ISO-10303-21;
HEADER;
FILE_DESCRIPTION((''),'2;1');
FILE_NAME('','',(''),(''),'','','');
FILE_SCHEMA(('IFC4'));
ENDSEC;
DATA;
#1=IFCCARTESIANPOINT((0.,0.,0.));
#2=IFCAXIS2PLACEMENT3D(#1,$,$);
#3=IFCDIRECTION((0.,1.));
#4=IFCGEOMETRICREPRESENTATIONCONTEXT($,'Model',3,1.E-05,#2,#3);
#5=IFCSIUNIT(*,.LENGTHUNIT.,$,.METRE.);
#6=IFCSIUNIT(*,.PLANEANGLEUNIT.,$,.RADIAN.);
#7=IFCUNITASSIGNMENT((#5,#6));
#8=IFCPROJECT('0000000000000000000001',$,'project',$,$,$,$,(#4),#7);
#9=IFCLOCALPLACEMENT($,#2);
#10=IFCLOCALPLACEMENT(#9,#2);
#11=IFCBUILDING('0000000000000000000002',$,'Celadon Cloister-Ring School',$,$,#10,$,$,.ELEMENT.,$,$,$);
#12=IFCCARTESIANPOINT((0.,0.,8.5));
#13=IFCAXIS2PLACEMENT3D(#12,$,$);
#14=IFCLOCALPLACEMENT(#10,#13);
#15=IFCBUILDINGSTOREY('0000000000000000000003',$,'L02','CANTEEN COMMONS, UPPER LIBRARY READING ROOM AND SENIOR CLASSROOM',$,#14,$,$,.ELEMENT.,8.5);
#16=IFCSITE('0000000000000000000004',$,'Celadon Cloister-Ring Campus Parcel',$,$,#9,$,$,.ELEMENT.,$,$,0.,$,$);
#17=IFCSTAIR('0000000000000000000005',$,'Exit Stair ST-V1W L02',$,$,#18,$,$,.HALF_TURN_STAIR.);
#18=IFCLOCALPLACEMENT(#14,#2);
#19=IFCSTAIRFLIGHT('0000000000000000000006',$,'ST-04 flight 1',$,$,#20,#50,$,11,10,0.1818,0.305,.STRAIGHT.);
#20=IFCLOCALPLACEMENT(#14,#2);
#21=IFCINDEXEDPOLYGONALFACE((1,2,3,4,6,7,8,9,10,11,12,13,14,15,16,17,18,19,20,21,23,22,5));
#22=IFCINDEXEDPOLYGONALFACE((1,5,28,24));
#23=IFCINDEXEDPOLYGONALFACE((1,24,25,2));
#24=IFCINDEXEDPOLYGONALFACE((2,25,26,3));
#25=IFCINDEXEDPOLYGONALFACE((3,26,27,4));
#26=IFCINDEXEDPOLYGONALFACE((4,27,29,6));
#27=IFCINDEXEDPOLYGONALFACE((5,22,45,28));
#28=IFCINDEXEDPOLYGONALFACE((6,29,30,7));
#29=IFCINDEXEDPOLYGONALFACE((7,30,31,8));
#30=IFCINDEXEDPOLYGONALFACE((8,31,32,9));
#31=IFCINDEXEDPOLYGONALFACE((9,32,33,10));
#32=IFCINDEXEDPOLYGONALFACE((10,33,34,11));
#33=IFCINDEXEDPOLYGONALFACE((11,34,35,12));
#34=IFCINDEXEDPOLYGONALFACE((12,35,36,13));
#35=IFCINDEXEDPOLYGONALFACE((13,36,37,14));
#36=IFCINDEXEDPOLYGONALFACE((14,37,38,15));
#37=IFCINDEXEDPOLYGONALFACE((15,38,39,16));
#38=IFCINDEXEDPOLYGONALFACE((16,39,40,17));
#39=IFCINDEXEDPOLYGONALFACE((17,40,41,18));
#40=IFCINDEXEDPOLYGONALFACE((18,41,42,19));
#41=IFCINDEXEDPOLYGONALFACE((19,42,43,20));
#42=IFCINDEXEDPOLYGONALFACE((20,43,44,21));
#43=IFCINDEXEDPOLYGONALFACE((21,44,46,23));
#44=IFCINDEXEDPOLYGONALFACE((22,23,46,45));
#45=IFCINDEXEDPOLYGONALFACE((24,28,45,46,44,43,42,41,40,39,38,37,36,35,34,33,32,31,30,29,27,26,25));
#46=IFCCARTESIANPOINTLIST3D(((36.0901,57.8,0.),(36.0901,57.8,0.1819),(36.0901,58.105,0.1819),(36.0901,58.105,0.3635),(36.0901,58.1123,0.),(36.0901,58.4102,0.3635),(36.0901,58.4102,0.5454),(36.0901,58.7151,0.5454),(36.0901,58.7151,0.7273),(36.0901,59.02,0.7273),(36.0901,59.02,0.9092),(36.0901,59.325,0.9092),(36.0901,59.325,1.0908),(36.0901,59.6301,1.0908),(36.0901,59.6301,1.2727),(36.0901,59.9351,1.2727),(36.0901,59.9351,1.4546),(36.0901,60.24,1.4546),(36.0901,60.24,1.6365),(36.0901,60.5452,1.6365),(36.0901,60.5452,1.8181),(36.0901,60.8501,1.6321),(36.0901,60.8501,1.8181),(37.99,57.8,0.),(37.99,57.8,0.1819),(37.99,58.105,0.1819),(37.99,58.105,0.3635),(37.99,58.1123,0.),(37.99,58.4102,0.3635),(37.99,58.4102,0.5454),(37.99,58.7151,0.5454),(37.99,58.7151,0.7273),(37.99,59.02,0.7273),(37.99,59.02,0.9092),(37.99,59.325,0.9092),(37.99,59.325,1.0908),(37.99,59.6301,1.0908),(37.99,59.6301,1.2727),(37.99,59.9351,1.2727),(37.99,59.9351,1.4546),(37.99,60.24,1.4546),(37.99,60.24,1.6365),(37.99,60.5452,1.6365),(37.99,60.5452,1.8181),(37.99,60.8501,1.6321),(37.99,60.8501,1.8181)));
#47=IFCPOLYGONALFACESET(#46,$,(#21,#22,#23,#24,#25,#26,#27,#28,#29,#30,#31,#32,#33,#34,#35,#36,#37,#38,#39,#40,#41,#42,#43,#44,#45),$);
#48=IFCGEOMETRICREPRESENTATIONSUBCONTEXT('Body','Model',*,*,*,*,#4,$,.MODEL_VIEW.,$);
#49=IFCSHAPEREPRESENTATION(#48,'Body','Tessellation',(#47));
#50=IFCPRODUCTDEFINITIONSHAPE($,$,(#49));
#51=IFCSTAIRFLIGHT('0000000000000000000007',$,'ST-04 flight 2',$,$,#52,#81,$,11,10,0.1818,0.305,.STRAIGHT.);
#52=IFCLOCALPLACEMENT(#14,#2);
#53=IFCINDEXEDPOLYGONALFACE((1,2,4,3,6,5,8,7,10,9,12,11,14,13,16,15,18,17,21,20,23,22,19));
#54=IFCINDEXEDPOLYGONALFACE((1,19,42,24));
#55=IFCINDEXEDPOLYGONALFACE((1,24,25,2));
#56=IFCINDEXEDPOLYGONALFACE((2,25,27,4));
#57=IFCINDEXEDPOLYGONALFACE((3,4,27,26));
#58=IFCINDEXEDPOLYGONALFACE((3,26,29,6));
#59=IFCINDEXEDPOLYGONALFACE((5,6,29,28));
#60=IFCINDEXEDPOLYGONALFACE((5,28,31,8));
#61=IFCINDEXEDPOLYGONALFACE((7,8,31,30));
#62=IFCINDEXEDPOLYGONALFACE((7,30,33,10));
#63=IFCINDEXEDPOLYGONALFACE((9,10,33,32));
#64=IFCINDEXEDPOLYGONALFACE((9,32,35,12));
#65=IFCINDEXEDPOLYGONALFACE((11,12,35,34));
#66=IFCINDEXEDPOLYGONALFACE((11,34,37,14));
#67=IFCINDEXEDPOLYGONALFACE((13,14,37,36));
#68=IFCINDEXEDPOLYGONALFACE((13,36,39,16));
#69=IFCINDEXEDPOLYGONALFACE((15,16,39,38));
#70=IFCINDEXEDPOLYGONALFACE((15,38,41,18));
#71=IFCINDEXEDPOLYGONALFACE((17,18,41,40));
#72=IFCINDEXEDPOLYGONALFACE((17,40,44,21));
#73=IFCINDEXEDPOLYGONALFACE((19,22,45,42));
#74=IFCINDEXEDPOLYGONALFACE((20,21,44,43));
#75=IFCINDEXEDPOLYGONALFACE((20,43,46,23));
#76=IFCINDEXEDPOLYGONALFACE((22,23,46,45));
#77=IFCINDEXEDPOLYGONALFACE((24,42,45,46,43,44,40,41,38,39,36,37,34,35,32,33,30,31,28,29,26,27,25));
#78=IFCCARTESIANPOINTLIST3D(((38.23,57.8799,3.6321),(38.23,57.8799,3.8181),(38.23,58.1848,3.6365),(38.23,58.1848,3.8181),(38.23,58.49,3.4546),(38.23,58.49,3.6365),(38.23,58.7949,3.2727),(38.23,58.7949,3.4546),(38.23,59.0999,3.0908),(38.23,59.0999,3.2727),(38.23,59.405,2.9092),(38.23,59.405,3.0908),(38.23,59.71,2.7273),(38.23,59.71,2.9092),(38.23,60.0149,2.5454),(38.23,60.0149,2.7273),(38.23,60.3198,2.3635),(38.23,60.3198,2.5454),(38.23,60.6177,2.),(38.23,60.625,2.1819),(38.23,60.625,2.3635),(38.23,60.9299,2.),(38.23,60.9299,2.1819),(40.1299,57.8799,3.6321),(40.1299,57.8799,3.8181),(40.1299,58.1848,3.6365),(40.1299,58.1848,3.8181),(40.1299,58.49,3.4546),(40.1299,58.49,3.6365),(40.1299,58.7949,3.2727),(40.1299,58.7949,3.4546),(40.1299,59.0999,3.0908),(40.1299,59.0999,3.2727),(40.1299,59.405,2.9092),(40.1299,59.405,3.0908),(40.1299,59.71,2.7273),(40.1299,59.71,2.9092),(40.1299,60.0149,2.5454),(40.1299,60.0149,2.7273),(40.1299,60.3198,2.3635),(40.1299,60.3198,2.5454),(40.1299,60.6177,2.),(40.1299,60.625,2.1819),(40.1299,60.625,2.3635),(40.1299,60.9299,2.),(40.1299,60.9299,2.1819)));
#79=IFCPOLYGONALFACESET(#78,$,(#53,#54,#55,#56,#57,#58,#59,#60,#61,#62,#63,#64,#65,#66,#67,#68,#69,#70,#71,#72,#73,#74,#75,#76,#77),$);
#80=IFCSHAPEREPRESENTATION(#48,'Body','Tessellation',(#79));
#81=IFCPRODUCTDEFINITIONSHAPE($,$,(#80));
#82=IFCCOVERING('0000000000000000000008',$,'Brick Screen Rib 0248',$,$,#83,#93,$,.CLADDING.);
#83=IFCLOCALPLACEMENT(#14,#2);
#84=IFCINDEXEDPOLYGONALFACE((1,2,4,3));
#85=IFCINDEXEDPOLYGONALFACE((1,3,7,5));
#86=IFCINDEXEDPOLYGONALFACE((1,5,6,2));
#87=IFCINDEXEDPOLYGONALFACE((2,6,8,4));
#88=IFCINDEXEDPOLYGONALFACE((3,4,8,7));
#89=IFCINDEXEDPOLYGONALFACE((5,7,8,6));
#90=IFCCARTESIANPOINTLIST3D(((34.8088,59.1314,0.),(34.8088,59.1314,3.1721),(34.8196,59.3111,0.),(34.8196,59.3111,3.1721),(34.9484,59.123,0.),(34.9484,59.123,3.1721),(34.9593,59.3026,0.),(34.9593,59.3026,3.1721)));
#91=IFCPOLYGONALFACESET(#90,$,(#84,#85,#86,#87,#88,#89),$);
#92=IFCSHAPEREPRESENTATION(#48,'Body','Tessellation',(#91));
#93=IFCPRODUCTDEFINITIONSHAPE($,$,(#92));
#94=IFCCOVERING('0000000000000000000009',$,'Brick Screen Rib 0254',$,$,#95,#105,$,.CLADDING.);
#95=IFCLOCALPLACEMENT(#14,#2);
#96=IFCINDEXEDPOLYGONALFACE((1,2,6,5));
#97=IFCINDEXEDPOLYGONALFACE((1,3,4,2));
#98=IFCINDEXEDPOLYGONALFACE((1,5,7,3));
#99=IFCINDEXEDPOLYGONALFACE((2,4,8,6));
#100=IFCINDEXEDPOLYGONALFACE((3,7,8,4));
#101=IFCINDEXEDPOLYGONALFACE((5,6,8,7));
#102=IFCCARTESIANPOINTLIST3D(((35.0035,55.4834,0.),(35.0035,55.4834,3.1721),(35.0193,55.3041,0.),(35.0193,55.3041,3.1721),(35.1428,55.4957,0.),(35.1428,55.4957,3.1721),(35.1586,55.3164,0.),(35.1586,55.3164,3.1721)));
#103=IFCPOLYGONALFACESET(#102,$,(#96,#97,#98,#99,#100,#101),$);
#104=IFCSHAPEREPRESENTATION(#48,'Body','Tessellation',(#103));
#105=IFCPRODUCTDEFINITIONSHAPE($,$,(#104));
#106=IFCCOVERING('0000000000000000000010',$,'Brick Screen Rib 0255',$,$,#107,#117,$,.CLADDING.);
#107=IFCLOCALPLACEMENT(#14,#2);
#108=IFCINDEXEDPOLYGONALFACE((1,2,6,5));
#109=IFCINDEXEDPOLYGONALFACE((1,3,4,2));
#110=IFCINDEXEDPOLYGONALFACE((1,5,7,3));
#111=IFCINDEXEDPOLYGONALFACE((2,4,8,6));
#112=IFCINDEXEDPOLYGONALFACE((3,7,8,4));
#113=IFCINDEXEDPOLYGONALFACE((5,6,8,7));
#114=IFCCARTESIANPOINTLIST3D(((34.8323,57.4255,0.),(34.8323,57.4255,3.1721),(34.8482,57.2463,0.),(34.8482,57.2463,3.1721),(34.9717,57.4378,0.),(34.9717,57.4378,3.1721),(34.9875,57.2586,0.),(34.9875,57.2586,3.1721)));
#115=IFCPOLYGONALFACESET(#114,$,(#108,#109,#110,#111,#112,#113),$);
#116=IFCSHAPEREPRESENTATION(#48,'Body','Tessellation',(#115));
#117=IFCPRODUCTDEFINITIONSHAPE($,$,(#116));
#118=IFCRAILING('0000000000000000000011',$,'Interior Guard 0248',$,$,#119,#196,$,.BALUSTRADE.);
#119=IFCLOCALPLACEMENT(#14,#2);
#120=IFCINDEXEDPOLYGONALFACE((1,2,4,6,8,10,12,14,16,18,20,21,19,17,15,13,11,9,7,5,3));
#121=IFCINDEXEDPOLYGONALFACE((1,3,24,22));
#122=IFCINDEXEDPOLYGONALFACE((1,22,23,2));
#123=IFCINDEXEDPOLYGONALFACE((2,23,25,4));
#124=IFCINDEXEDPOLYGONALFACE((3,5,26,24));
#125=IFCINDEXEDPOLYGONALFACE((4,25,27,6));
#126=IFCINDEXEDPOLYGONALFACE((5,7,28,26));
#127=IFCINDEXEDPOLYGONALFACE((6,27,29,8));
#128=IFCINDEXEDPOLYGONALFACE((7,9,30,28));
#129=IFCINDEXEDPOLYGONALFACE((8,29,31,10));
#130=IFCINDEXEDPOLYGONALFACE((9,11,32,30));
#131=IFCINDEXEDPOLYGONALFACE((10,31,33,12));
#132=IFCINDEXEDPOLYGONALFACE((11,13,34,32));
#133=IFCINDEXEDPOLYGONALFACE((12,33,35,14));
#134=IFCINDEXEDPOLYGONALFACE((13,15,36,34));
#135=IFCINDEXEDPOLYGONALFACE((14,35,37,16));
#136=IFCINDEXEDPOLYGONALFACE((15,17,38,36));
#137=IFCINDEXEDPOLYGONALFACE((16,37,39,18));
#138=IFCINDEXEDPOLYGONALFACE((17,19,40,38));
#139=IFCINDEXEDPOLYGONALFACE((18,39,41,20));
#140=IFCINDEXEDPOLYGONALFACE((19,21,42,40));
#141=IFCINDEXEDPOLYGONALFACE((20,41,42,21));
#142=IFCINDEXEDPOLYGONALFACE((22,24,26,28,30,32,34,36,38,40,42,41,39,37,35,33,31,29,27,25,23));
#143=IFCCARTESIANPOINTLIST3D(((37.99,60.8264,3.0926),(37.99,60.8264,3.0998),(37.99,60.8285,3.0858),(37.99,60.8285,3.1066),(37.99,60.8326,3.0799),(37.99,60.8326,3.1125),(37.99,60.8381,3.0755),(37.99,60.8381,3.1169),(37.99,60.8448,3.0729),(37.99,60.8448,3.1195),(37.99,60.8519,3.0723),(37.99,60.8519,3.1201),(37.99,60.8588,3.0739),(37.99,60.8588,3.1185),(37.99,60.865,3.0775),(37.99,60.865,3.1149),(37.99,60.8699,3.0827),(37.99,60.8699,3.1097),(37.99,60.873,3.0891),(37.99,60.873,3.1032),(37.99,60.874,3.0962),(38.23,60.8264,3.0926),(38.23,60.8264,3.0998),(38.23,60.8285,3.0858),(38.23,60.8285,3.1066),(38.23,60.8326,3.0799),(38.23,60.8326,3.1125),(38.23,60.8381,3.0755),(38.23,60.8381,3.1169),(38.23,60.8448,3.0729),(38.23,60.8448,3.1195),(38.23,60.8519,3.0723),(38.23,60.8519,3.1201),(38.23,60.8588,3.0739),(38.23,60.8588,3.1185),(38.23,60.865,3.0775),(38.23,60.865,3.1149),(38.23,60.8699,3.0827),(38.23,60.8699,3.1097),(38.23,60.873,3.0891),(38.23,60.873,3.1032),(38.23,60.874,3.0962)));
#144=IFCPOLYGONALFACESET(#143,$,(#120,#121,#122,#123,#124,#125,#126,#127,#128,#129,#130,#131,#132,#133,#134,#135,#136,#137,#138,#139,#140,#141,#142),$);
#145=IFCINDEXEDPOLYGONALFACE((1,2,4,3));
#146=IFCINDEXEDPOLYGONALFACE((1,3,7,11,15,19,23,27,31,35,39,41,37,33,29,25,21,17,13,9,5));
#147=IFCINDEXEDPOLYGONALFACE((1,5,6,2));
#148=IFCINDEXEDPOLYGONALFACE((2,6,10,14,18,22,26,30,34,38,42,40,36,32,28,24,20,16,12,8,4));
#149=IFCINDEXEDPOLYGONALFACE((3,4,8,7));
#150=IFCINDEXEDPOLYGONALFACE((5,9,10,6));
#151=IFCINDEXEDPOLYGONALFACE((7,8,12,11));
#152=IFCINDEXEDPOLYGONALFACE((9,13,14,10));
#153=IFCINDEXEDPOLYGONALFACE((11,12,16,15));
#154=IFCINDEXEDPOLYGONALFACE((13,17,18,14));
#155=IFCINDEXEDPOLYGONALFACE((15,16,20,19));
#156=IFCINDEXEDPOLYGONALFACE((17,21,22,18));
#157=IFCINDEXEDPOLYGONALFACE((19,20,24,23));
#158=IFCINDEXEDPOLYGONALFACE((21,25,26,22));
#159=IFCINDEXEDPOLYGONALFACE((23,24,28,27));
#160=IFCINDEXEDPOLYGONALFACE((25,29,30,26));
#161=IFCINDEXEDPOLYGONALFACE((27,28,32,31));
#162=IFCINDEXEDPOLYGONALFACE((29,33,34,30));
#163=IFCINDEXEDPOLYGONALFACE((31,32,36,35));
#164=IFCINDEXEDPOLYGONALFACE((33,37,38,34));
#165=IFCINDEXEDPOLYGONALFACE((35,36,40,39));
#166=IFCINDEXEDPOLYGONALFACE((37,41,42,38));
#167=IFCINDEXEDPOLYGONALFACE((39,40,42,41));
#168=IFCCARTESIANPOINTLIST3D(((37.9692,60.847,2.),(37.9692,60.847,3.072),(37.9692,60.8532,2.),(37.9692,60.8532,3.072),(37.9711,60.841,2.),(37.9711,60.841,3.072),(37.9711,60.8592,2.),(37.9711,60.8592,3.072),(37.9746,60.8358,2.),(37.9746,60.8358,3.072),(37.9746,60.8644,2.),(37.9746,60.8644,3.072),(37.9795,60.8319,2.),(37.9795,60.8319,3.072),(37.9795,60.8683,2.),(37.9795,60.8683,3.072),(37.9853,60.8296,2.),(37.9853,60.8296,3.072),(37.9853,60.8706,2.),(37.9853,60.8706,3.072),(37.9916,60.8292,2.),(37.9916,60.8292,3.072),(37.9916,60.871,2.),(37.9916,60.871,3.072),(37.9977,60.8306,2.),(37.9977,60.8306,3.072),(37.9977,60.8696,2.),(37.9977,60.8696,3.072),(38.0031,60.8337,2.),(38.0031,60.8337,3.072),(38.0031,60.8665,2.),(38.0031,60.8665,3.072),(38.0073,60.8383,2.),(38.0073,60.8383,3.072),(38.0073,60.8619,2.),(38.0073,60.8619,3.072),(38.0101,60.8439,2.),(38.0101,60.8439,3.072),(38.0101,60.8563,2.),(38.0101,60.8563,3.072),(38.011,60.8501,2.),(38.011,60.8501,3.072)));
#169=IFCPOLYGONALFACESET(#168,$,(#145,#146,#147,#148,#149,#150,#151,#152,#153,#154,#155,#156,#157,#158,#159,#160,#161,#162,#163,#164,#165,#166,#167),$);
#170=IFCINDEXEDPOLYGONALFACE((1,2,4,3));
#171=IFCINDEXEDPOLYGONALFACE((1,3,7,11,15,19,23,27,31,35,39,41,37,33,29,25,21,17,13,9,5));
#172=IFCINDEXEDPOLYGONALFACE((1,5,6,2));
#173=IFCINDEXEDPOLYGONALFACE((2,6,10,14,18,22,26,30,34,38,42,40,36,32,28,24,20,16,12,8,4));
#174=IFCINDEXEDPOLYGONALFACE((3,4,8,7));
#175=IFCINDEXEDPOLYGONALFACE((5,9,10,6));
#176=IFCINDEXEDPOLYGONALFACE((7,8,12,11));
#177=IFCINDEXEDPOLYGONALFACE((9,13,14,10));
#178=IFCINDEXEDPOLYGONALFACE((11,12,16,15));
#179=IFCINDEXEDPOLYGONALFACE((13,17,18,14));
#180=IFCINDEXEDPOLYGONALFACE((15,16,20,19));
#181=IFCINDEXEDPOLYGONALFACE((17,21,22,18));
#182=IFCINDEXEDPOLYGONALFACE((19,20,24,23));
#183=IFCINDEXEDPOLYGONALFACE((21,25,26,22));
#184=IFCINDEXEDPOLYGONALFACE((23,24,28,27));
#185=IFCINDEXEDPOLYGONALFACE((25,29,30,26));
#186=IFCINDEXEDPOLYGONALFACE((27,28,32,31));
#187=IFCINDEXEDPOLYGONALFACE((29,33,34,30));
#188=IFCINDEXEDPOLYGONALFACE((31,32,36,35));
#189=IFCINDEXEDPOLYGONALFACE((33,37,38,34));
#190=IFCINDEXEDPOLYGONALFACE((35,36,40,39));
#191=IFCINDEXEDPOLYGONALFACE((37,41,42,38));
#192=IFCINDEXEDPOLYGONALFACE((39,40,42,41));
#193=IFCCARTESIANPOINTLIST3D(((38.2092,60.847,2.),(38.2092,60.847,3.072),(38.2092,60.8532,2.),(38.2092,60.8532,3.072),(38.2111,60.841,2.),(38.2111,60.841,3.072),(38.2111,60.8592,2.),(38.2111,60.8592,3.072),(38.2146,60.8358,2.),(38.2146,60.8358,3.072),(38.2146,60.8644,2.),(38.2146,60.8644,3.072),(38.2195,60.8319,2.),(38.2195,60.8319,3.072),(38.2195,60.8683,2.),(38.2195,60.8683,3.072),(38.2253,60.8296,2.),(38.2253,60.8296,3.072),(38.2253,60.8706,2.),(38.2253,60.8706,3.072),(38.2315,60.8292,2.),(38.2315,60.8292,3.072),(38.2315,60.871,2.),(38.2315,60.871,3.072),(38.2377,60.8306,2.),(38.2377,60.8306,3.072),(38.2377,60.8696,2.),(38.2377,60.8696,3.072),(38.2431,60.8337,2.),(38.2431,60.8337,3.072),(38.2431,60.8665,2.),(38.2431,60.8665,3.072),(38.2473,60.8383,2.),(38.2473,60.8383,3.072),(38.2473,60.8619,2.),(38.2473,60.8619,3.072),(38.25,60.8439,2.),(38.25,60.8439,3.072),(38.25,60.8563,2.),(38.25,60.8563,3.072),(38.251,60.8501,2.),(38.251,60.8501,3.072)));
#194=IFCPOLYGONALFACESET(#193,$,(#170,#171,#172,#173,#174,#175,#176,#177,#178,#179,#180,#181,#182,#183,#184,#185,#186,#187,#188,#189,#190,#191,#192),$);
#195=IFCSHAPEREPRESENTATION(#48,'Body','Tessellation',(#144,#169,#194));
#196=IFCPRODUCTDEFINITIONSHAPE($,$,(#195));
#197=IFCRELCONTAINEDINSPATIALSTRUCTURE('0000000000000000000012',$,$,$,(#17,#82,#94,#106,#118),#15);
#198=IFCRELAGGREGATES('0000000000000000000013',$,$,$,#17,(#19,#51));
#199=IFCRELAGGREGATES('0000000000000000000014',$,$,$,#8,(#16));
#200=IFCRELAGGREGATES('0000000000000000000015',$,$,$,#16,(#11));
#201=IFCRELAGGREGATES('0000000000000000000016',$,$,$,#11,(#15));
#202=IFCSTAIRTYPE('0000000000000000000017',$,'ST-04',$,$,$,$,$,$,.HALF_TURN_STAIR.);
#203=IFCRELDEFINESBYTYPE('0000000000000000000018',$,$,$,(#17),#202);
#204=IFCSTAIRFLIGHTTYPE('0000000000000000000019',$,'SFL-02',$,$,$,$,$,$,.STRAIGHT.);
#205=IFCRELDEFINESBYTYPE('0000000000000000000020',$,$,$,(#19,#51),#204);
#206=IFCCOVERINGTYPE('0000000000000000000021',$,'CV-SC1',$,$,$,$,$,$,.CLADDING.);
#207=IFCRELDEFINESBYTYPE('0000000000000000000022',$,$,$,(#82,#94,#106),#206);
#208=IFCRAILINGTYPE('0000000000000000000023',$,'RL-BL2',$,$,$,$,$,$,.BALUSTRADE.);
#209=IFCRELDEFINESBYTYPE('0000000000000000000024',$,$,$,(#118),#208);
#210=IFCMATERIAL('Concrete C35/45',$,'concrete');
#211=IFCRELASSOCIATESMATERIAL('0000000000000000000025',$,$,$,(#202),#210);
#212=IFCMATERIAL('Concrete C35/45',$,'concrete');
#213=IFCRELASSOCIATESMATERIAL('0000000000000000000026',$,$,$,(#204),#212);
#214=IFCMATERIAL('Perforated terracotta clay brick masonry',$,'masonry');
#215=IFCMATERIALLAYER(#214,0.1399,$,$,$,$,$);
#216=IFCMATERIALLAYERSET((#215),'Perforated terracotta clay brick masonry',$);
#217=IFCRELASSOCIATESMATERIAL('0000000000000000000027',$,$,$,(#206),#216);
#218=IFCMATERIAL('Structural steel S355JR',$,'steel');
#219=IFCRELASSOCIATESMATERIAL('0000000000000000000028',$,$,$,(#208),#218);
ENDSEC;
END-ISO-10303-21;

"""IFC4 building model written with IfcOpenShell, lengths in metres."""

from ifc_helpers import new_model, si_unit, direction, frame, origin, origin_2d, place, context, subcontext, project, spatial, polyline, rectangle, circle, outline, extrude, material, layer, layer_set, type_object, element, aggregate, save


model = new_model("IFC4")

# Units and contexts
model_context = context("Model", 3, precision=1e-05, world=origin(), true_north=direction((0.0, 1.0)))
body_context = subcontext(model_context, "Body", "Model", "MODEL_VIEW")
ifc_project = project(units=[si_unit("LENGTHUNIT", "METRE"), si_unit("PLANEANGLEUNIT", "RADIAN")], contexts=[model_context])

# Site, building, storey
site_placement = place(None, origin())
site = spatial("IfcSite", under=ifc_project, at=site_placement, Name="Celadon Cloister-Ring Campus Parcel", CompositionType="ELEMENT", RefElevation=0.0)
building_placement = place(site_placement, origin())
building = spatial("IfcBuilding", under=site, at=building_placement, Name="Celadon Cloister-Ring School", CompositionType="ELEMENT")
storey_placement = place(building_placement, frame((0.0, 0.0, 8.5)))
storey = spatial("IfcBuildingStorey", under=building, at=storey_placement, Name="L02", Description="CANTEEN COMMONS, UPPER LIBRARY READING ROOM AND SENIOR CLASSROOM", CompositionType="ELEMENT", Elevation=8.5)

# Stair, stair flights
ifc_material_1 = material(Name="Concrete C35/45", Category="concrete")
stair_type = type_object("IfcStairType", Name="ST-04", PredefinedType="HALF_TURN_STAIR", material=ifc_material_1)
stair_placement = place(storey_placement, origin())
stair = element("IfcStair", 1, at=stair_placement, inside=storey, type_object=stair_type, Name="Exit Stair ST-V1W L02", PredefinedType="HALF_TURN_STAIR")
ifc_material_2 = material(Name="Concrete C35/45", Category="concrete")
stair_flight_type = type_object("IfcStairFlightType", Name="SFL-02", PredefinedType="STRAIGHT", material=ifc_material_2)
stair_flight_1_placement = place(storey_placement, frame((37.04, 57.8, 0.0), z_axis=(0.0, 0.0, 1.0), x_axis=(0.0, 1.0, 0.0)))
stair_flight_1 = element("IfcStairFlight", 2, at=stair_flight_1_placement, type_object=stair_flight_type, Name="ST-04 flight 1", NumberOfRisers=11, NumberOfTreads=10, PredefinedType="STRAIGHT", RiserHeight=0.1818, TreadLength=0.305, context=body_context, shape_type="SweptSolid", body=[
    extrude(outline(polyline([(0.0, 0.0), (0.0, 0.1819), (0.3049, 0.1819), (0.3049, 0.3635), (0.6101, 0.3635), (0.6101, 0.5454), (0.915, 0.5454), (0.915, 0.7273), (1.22, 0.7273), (1.22, 0.9092), (1.5249, 0.9092), (1.5249, 1.0908), (1.8301, 1.0908), (1.8301, 1.2727), (2.135, 1.2727), (2.135, 1.4546), (2.4399, 1.4546), (2.4399, 1.6365), (2.7451, 1.6365), (2.7451, 1.8181), (3.05, 1.8181), (3.05, 2.0), (3.05, 1.6321), (0.3123, 0.0), (0.0, 0.0)])), frame((0.0, 0.95, 0.0), z_axis=(0.0, -1.0, 0.0), x_axis=(1.0, 0.0, 0.0)), (0.0, 0.0, 1.0), 1.8999),
])
stair_flight_2_placement = place(storey_placement, frame((39.1799, 60.9299, 2.0), z_axis=(0.0, 0.0, 1.0), x_axis=(0.0, -1.0, 0.0)))
stair_flight_2 = element("IfcStairFlight", 3, at=stair_flight_2_placement, type_object=stair_flight_type, Name="ST-04 flight 2", NumberOfRisers=11, NumberOfTreads=10, PredefinedType="STRAIGHT", RiserHeight=0.1818, TreadLength=0.305, context=body_context, shape_type="SweptSolid", body=[
    extrude(outline(polyline([(0.0, 0.0), (0.0, 0.1819), (0.3049, 0.1819), (0.3049, 0.3635), (0.6101, 0.3635), (0.6101, 0.5454), (0.915, 0.5454), (0.915, 0.7273), (1.22, 0.7273), (1.22, 0.9092), (1.5249, 0.9092), (1.5249, 1.0908), (1.8301, 1.0908), (1.8301, 1.2727), (2.135, 1.2727), (2.135, 1.4546), (2.4399, 1.4546), (2.4399, 1.6365), (2.7451, 1.6365), (2.7451, 1.8181), (3.05, 1.8181), (3.05, 2.0), (3.05, 1.6321), (0.3123, 0.0), (0.0, 0.0)])), frame((0.0, 0.95, 0.0), z_axis=(0.0, -1.0, 0.0), x_axis=(1.0, 0.0, 0.0)), (0.0, 0.0, 1.0), 1.8999),
])
aggregate(stair, [stair_flight_1, stair_flight_2])

# Coverings
ifc_material_3 = material(Name="Perforated terracotta clay brick masonry", Category="masonry")
ifc_layer_1 = layer(ifc_material_3, 0.1399)
ifc_layer_set_1 = layer_set([ifc_layer_1], Name="Perforated terracotta clay brick masonry")
covering_type = type_object("IfcCoveringType", Name="CV-SC1", PredefinedType="CLADDING", material=ifc_layer_set_1)
for number, where, z_axis, x_axis, name in (
    (4, (34.884, 59.217, 0.0), (0.0, 0.0, 1.0), (0.060143, 0.99819, 0.0), "Brick Screen Rib 0248"),
    (5, (35.0811, 55.3999, 0.0), (0.0, 0.0, 1.0), (-0.087973, 0.996123, 0.0), "Brick Screen Rib 0254"),
    (6, (34.9099, 57.342, 0.0), (0.0, 0.0, 1.0), (-0.087973, 0.996123, 0.0), "Brick Screen Rib 0255"),
):
    element("IfcCovering", number, at=place(storey_placement, frame(where, z_axis=z_axis, x_axis=x_axis)), inside=storey, type_object=covering_type, Name=name, PredefinedType="CLADDING", context=body_context, shape_type="SweptSolid", body=[
        extrude(rectangle(XDim=0.1799, YDim=0.1399, at=origin_2d()), origin(), (0.0, 0.0, 1.0), 3.1721),
    ])

# Railing
ifc_material_4 = material(Name="Structural steel S355JR", Category="steel")
railing_type_1 = type_object("IfcRailingType", Name="RL-BL2", PredefinedType="BALUSTRADE", material=ifc_material_4)
railing_1_placement = place(storey_placement, frame((37.99, 60.8501, 2.0)))
element("IfcRailing", 7, at=railing_1_placement, inside=storey, type_object=railing_type_1, Name="Interior Guard 0248", PredefinedType="BALUSTRADE", context=body_context, shape_type="SweptSolid", body=[
    extrude(circle(Radius=0.0239, at=origin_2d()), frame((0.0, 0.0, 1.0962), z_axis=(1.0, 0.0, 0.0), x_axis=(0.0, 1.0, 0.0)), (0.0, 0.0, 1.0), 0.24),
    extrude(circle(Radius=0.021, at=origin_2d()), origin(), (0.0, 0.0, 1.0), 1.072),
    extrude(circle(Radius=0.021, at=origin_2d()), frame((0.24, 0.0, 0.0)), (0.0, 0.0, 1.0), 1.072),
])

save(model, "model.ifc")
